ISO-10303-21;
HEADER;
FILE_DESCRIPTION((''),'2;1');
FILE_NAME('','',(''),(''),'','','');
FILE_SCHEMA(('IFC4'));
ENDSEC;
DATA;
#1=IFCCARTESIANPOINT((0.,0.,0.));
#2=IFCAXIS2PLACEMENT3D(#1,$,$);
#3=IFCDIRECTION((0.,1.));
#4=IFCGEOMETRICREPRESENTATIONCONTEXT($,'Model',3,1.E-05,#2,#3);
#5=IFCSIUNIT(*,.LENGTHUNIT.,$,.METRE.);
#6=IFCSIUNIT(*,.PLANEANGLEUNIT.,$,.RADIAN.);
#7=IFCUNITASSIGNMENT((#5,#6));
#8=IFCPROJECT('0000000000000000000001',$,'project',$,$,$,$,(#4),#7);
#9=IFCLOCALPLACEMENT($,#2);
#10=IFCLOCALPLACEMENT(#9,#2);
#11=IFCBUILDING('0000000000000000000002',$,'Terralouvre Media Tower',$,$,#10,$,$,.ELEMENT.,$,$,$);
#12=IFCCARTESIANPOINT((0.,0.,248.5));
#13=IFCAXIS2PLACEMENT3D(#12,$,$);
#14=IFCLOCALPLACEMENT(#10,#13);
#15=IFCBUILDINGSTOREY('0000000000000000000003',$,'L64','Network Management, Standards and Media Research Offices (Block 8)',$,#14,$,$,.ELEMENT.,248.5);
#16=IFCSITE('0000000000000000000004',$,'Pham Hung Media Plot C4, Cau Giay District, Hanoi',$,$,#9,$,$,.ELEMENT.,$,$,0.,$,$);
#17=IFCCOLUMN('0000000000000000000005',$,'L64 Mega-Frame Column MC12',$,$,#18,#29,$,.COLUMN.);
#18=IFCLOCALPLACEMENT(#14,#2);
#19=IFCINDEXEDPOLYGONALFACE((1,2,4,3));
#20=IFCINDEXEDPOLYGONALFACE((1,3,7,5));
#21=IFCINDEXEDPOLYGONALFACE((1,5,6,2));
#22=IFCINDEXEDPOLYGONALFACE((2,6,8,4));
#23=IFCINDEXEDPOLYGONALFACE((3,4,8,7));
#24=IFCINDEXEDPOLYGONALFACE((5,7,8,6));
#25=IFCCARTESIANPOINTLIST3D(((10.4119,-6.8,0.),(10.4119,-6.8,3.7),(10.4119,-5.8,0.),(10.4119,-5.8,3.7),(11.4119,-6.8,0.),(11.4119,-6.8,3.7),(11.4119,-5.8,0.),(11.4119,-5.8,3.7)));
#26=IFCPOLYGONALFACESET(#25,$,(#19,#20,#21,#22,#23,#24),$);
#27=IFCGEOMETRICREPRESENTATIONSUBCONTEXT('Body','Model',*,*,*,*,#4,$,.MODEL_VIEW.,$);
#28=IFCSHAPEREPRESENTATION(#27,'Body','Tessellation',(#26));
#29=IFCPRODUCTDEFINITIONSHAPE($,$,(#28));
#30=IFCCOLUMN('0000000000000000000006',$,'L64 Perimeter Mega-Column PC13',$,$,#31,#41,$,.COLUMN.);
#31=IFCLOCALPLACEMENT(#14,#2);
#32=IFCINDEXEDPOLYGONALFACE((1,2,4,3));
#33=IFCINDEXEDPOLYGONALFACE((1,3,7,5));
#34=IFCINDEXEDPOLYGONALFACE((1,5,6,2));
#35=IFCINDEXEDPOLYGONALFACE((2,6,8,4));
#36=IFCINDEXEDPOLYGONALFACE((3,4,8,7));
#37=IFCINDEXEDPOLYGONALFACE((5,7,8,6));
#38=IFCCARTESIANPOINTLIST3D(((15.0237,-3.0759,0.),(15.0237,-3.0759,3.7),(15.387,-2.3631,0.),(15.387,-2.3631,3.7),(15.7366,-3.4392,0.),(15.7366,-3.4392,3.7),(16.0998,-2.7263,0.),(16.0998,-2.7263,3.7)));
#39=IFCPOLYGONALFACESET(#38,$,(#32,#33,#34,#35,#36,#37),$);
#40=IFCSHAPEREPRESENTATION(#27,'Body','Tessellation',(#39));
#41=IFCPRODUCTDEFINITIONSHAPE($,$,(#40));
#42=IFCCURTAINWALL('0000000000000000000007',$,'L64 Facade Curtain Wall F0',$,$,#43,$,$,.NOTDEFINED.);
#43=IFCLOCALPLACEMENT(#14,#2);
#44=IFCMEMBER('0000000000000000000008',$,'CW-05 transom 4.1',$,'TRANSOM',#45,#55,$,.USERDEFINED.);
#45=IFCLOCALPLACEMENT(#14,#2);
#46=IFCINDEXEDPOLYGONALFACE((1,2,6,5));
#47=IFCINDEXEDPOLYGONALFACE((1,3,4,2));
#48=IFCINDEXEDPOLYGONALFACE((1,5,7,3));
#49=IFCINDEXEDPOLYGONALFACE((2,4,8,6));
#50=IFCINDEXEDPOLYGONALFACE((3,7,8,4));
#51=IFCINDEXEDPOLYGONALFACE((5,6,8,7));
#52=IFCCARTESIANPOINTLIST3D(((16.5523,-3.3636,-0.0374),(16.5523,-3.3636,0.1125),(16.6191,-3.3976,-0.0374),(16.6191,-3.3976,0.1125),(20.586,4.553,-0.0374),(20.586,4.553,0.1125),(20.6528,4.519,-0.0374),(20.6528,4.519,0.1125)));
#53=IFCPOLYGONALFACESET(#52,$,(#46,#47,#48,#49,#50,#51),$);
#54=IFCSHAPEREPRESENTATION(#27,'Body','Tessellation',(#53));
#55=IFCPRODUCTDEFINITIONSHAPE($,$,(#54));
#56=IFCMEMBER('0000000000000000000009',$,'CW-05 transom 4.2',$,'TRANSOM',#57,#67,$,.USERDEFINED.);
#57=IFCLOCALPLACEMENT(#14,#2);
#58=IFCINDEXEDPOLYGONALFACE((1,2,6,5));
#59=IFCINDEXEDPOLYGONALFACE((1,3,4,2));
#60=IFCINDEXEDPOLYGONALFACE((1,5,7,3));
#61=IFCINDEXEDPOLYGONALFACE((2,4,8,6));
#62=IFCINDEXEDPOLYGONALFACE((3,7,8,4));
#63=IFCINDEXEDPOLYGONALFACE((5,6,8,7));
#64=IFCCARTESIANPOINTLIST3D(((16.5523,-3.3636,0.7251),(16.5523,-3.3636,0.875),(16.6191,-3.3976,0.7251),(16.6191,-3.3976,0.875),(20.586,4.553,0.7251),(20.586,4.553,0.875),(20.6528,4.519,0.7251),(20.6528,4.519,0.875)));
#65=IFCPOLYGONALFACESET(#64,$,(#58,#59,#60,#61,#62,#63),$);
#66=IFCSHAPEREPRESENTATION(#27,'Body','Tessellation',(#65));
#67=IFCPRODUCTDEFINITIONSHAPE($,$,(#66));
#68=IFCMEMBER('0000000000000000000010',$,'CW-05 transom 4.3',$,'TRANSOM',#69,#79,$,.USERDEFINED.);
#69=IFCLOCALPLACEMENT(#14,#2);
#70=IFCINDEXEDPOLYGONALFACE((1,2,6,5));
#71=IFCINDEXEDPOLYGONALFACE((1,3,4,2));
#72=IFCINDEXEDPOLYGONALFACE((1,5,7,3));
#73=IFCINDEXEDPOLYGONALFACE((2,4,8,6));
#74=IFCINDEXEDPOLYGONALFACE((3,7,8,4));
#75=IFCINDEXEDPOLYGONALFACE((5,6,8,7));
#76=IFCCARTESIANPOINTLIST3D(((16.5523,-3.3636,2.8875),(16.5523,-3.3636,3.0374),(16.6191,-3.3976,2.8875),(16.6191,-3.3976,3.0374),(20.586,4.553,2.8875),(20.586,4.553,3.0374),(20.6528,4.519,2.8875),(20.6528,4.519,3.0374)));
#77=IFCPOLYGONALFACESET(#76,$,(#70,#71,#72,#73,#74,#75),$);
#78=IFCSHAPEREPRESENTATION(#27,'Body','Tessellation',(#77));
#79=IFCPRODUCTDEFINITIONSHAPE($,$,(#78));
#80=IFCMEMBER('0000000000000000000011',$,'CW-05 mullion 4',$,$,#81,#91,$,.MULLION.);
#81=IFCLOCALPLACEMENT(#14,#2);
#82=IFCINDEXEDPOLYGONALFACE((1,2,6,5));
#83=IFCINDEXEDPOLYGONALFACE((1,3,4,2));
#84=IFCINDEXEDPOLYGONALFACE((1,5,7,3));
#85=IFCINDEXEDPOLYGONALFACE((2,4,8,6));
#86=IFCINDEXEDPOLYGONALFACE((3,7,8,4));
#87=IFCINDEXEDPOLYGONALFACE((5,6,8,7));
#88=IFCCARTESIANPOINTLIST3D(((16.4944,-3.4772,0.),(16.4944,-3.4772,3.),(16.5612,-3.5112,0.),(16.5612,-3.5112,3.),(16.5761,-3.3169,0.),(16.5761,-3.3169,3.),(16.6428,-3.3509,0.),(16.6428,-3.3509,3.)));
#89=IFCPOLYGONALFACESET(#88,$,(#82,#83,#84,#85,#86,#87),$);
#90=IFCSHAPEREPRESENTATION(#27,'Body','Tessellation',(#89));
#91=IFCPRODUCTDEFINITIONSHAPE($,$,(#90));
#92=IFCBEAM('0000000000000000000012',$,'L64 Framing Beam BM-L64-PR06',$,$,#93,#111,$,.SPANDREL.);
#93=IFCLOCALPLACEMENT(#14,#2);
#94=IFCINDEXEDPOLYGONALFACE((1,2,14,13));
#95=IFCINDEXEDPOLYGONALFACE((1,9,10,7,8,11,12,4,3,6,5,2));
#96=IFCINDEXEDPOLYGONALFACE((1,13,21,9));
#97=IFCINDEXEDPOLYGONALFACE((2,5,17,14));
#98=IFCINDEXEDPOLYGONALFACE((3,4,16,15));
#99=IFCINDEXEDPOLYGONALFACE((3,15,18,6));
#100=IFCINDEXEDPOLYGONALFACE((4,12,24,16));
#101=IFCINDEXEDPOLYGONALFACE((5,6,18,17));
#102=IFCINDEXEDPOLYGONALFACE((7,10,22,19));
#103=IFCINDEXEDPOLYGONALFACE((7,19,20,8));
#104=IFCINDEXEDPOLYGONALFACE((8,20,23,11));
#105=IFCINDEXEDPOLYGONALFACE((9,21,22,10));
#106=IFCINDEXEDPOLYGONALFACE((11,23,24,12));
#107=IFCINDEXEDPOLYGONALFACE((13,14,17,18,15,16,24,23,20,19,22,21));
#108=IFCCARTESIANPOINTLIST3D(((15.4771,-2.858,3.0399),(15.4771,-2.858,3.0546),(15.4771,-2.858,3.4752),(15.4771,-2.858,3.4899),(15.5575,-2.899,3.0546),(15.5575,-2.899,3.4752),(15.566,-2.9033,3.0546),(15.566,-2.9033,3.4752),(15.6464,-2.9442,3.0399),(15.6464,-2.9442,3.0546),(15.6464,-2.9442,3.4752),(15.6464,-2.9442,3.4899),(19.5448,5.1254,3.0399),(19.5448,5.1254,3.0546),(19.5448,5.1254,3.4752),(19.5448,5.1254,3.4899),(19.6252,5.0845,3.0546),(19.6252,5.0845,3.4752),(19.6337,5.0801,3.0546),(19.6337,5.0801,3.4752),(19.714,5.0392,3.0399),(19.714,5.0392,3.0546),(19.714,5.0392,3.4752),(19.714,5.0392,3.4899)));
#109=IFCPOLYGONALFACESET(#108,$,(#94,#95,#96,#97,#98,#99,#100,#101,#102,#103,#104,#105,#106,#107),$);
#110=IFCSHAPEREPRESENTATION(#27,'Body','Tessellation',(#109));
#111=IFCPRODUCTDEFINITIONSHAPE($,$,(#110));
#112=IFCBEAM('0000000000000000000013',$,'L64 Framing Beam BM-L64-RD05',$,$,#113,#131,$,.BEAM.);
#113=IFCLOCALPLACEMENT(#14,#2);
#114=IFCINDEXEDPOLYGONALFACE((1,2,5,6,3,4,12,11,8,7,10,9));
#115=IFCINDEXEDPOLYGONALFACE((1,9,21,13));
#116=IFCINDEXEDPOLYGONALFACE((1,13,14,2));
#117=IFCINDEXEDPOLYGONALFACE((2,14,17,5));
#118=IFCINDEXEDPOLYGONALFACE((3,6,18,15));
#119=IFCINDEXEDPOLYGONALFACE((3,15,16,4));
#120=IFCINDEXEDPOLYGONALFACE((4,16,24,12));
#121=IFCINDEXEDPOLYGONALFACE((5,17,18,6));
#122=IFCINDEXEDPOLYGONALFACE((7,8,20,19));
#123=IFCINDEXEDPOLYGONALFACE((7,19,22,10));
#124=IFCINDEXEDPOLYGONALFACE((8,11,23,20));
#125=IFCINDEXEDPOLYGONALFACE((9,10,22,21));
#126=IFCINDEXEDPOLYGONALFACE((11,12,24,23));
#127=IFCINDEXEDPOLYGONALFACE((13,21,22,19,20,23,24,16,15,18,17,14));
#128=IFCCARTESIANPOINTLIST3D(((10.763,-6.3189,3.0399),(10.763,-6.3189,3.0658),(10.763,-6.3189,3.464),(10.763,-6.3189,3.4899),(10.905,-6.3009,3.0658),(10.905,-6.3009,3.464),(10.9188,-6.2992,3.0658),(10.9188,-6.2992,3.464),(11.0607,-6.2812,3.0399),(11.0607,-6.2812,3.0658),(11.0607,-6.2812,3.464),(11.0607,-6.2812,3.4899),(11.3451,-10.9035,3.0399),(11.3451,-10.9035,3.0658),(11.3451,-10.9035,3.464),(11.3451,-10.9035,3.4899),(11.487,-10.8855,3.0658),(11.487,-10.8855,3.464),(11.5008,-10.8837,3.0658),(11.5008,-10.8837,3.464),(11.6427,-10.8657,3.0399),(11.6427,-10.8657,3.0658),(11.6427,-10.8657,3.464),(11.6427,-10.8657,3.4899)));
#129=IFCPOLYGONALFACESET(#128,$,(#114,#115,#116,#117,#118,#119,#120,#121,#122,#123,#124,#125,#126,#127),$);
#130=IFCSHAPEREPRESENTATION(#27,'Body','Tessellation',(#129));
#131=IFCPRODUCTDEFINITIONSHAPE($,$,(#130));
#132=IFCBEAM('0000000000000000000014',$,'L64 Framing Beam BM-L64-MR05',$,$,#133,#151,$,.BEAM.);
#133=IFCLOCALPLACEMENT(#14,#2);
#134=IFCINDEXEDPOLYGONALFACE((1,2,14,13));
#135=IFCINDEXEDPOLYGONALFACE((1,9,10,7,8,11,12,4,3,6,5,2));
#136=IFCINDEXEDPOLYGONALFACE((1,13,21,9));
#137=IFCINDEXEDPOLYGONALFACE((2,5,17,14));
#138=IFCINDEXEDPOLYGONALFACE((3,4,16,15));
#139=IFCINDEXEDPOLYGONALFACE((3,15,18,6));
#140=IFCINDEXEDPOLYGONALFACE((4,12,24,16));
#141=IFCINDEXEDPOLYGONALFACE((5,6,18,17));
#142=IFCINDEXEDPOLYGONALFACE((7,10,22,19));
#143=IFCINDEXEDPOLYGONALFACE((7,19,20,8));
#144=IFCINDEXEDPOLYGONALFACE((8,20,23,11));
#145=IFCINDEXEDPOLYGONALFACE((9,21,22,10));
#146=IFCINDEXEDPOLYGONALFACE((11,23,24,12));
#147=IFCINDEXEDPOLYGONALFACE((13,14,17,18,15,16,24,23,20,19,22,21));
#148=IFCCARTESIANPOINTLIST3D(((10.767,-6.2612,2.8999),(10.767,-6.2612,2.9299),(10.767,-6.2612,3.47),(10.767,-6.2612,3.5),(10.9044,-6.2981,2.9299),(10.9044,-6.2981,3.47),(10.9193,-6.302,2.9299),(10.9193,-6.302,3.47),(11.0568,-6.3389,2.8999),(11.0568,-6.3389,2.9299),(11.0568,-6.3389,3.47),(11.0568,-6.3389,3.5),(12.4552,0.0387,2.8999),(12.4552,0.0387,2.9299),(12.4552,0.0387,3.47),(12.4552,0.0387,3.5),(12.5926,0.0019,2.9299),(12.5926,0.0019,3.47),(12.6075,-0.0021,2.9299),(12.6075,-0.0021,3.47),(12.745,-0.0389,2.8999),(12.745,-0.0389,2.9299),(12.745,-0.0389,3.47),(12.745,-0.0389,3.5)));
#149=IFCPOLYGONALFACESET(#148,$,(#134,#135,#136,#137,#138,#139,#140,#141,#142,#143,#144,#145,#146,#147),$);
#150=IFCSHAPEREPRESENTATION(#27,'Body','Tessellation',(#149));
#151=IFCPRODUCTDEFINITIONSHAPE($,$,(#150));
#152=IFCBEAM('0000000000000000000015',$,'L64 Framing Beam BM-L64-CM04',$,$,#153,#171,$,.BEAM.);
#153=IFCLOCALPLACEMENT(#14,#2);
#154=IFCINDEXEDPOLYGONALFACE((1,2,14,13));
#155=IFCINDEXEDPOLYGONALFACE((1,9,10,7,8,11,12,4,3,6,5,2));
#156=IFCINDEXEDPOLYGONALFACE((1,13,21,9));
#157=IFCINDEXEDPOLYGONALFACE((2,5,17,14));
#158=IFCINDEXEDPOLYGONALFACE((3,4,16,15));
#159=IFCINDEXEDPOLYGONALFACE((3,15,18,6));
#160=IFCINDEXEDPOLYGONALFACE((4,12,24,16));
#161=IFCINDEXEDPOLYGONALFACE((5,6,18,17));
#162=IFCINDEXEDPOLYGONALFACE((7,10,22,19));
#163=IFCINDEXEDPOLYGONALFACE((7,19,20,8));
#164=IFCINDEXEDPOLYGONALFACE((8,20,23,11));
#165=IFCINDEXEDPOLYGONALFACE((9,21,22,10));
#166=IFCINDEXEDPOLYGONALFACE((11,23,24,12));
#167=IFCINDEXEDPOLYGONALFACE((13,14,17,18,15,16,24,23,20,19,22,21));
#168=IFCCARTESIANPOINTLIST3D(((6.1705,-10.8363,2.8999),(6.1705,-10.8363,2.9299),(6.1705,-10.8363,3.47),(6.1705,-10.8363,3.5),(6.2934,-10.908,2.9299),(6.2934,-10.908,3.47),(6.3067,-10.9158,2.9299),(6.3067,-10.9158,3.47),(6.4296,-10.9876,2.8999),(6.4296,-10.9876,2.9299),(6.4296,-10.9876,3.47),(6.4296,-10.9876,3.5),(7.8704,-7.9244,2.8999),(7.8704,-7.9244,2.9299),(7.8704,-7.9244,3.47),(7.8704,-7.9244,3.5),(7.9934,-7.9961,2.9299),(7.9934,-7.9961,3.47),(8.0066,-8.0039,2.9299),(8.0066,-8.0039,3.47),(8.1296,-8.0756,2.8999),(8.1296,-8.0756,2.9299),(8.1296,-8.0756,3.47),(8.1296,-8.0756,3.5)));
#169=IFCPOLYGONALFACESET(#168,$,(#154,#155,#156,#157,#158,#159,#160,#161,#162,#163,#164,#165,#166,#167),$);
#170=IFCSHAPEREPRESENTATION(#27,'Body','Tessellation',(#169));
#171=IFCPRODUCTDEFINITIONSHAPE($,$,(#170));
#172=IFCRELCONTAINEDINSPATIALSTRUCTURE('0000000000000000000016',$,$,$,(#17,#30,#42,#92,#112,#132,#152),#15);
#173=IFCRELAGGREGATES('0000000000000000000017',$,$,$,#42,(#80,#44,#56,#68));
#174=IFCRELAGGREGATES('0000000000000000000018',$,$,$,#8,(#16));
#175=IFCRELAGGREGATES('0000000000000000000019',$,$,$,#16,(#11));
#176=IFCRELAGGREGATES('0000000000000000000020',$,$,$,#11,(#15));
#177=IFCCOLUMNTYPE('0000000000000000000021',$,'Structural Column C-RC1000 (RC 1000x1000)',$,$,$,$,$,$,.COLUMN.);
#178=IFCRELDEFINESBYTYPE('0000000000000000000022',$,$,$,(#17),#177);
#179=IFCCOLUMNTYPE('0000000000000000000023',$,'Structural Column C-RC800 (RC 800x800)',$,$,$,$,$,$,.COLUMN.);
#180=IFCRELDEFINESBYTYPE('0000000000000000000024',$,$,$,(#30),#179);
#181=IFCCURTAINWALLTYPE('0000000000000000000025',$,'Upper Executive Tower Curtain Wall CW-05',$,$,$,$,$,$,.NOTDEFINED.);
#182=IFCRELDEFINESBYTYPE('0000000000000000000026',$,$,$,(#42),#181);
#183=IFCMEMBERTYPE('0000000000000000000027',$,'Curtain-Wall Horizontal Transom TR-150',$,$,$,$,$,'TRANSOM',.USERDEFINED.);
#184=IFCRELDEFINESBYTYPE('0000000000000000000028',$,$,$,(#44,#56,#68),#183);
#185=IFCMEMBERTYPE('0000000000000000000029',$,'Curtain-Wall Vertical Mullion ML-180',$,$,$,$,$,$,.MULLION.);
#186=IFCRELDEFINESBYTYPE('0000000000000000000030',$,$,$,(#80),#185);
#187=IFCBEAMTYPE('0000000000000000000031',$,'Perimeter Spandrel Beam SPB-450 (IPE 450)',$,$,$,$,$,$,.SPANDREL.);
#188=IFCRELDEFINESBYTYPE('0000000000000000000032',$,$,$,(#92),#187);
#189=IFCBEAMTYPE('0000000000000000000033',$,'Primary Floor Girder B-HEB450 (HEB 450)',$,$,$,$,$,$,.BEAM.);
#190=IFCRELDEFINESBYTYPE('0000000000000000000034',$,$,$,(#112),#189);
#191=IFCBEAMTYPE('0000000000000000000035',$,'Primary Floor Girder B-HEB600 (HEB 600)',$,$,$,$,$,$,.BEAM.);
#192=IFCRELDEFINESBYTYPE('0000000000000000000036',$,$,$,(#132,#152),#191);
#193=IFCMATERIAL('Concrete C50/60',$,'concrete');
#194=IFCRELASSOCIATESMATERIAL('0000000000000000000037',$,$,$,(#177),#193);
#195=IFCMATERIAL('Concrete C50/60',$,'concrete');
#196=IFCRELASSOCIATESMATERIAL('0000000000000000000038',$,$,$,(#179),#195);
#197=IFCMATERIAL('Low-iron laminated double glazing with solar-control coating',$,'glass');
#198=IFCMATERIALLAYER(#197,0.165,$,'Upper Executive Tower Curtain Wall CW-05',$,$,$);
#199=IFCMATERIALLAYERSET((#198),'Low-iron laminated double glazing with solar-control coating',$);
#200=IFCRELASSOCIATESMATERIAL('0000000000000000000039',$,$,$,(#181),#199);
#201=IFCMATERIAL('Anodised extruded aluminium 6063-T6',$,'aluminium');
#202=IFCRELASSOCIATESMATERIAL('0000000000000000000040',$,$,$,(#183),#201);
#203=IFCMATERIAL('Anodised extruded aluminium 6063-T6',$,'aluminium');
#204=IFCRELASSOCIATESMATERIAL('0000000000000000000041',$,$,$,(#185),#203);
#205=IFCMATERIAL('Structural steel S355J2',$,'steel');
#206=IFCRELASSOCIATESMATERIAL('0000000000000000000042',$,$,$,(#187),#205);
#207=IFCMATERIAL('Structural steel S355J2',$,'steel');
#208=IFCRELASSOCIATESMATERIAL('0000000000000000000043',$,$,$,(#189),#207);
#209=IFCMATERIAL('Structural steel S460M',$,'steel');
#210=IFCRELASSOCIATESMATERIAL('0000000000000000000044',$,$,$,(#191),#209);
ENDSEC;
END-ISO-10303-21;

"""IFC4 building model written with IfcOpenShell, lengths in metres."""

from ifc_helpers import new_model, si_unit, direction, frame, origin, origin_2d, place, context, subcontext, project, spatial, rectangle, i_section, extrude, material, layer, layer_set, material_profile, profile_set, type_object, element, aggregate, save


model = new_model("IFC4")

# Units and contexts
model_context = context("Model", 3, precision=1e-05, world=origin(), true_north=direction((0.0, 1.0)))
body_context = subcontext(model_context, "Body", "Model", "MODEL_VIEW")
ifc_project = project(units=[si_unit("LENGTHUNIT", "METRE"), si_unit("PLANEANGLEUNIT", "RADIAN")], contexts=[model_context])

# Site, building, storey
site_placement = place(None, origin())
site = spatial("IfcSite", under=ifc_project, at=site_placement, Name="Pham Hung Media Plot C4, Cau Giay District, Hanoi", CompositionType="ELEMENT", RefElevation=0.0)
building_placement = place(site_placement, origin())
building = spatial("IfcBuilding", under=site, at=building_placement, Name="Terralouvre Media Tower", CompositionType="ELEMENT")
storey_placement = place(building_placement, frame((0.0, 0.0, 248.5)))
storey = spatial("IfcBuildingStorey", under=building, at=storey_placement, Name="L64", Description="Network Management, Standards and Media Research Offices (Block 8)", CompositionType="ELEMENT", Elevation=248.5)

# Columns
ifc_material_1 = material(Name="Concrete C50/60", Category="concrete")
ifc_material_profile_1 = material_profile(ifc_material_1, rectangle(XDim=1.0, YDim=1.0, at=origin_2d()), Name="RC 1000x1000")
ifc_profile_set_1 = profile_set([ifc_material_profile_1], Name="Concrete C50/60")
column_type_1 = type_object("IfcColumnType", Name="Structural Column C-RC1000 (RC 1000x1000)", PredefinedType="COLUMN", material=ifc_profile_set_1)
column_1_placement = place(storey_placement, frame((10.9119, -6.3, 0.0), z_axis=(0.0, 0.0, 1.0), x_axis=(1.0, 0.0, 0.0)))
element("IfcColumn", 1, at=column_1_placement, inside=storey, type_object=column_type_1, Name="L64 Mega-Frame Column MC12", PredefinedType="COLUMN", context=body_context, shape_type="SweptSolid", body=[
    extrude(rectangle(XDim=1.0, YDim=1.0, at=origin_2d()), origin(), (0.0, 0.0, 1.0), 3.7),
])
ifc_material_2 = material(Name="Concrete C50/60", Category="concrete")
ifc_material_profile_2 = material_profile(ifc_material_2, rectangle(XDim=0.8, YDim=0.8, at=origin_2d()), Name="RC 800x800")
ifc_profile_set_2 = profile_set([ifc_material_profile_2], Name="Concrete C50/60")
column_type_2 = type_object("IfcColumnType", Name="Structural Column C-RC800 (RC 800x800)", PredefinedType="COLUMN", material=ifc_profile_set_2)
column_2_placement = place(storey_placement, frame((15.5618, -2.9011, 0.0), z_axis=(0.0, 0.0, 1.0), x_axis=(0.45399, 0.891007, 0.0)))
element("IfcColumn", 2, at=column_2_placement, inside=storey, type_object=column_type_2, Name="L64 Perimeter Mega-Column PC13", PredefinedType="COLUMN", context=body_context, shape_type="SweptSolid", body=[
    extrude(rectangle(XDim=0.8, YDim=0.8, at=origin_2d()), origin(), (0.0, 0.0, 1.0), 3.7),
])

# Curtain wall, members
ifc_material_3 = material(Name="Low-iron laminated double glazing with solar-control coating", Category="glass")
ifc_layer_1 = layer(ifc_material_3, 0.165, Name="Upper Executive Tower Curtain Wall CW-05")
ifc_layer_set_1 = layer_set([ifc_layer_1], Name="Low-iron laminated double glazing with solar-control coating")
curtain_wall_type = type_object("IfcCurtainWallType", Name="Upper Executive Tower Curtain Wall CW-05", PredefinedType="NOTDEFINED", material=ifc_layer_set_1)
curtain_wall_placement = place(storey_placement, origin())
curtain_wall = element("IfcCurtainWall", 3, at=curtain_wall_placement, inside=storey, type_object=curtain_wall_type, Name="L64 Facade Curtain Wall F0", PredefinedType="NOTDEFINED")
ifc_material_4 = material(Name="Anodised extruded aluminium 6063-T6", Category="aluminium")
ifc_material_profile_3 = material_profile(ifc_material_4, rectangle(XDim=0.075, YDim=0.1499, at=origin_2d()), Name="ALU 75x150")
ifc_profile_set_3 = profile_set([ifc_material_profile_3], Name="Anodised extruded aluminium 6063-T6")
member_type_1 = type_object("IfcMemberType", Name="Curtain-Wall Horizontal Transom TR-150", ElementType="TRANSOM", PredefinedType="USERDEFINED", material=ifc_profile_set_3)
member_1_placement = place(storey_placement, frame((16.5857, -3.3806, 0.0376), z_axis=(0.453993, 0.891005, 0.0), x_axis=(-0.891005, 0.453993, 0.0)))
member_1 = element("IfcMember", 4, at=member_1_placement, type_object=member_type_1, Name="CW-05 transom 4.1", ObjectType="TRANSOM", PredefinedType="USERDEFINED", context=body_context, shape_type="SweptSolid", body=[
    extrude(rectangle(XDim=0.075, YDim=0.1499, at=origin_2d()), origin(), (0.0, 0.0, 1.0), 8.885),
])
member_2_placement = place(storey_placement, frame((16.5857, -3.3806, 0.8), z_axis=(0.453993, 0.891005, 0.0), x_axis=(-0.891005, 0.453993, 0.0)))
member_2 = element("IfcMember", 5, at=member_2_placement, type_object=member_type_1, Name="CW-05 transom 4.2", ObjectType="TRANSOM", PredefinedType="USERDEFINED", context=body_context, shape_type="SweptSolid", body=[
    extrude(rectangle(XDim=0.075, YDim=0.1499, at=origin_2d()), origin(), (0.0, 0.0, 1.0), 8.885),
])
member_3_placement = place(storey_placement, frame((16.5857, -3.3806, 2.9624), z_axis=(0.453993, 0.891005, 0.0), x_axis=(-0.891005, 0.453993, 0.0)))
member_3 = element("IfcMember", 6, at=member_3_placement, type_object=member_type_1, Name="CW-05 transom 4.3", ObjectType="TRANSOM", PredefinedType="USERDEFINED", context=body_context, shape_type="SweptSolid", body=[
    extrude(rectangle(XDim=0.075, YDim=0.1499, at=origin_2d()), origin(), (0.0, 0.0, 1.0), 8.885),
])
ifc_material_5 = material(Name="Anodised extruded aluminium 6063-T6", Category="aluminium")
ifc_material_profile_4 = material_profile(ifc_material_5, rectangle(XDim=0.075, YDim=0.1799, at=origin_2d()), Name="ALU 75x180")
ifc_profile_set_4 = profile_set([ifc_material_profile_4], Name="Anodised extruded aluminium 6063-T6")
member_type_2 = type_object("IfcMemberType", Name="Curtain-Wall Vertical Mullion ML-180", PredefinedType="MULLION", material=ifc_profile_set_4)
member_4_placement = place(storey_placement, frame((16.5686, -3.4141, 0.0), z_axis=(0.0, 0.0, 1.0), x_axis=(-0.891007, 0.45399, 0.0)))
member_4 = element("IfcMember", 7, at=member_4_placement, type_object=member_type_2, Name="CW-05 mullion 4", PredefinedType="MULLION", context=body_context, shape_type="SweptSolid", body=[
    extrude(rectangle(XDim=0.075, YDim=0.1799, at=origin_2d()), origin(), (0.0, 0.0, 1.0), 3.0),
])

# Beams
ifc_material_6 = material(Name="Structural steel S355J2", Category="steel")
ifc_material_profile_5 = material_profile(ifc_material_6, i_section(OverallWidth=0.1899, OverallDepth=0.45, WebThickness=0.0095, FlangeThickness=0.0146, at=origin_2d()), Name="IPE 450")
ifc_profile_set_5 = profile_set([ifc_material_profile_5], Name="Structural steel S355J2")
beam_type_1 = type_object("IfcBeamType", Name="Perimeter Spandrel Beam SPB-450 (IPE 450)", PredefinedType="SPANDREL", material=ifc_profile_set_5)
beam_1_placement = place(storey_placement, frame((15.5618, -2.9011, 3.2649), z_axis=(0.45398, 0.891012, 0.0), x_axis=(-0.891012, 0.45398, 0.0)))
element("IfcBeam", 8, at=beam_1_placement, inside=storey, type_object=beam_type_1, Name="L64 Framing Beam BM-L64-PR06", PredefinedType="SPANDREL", context=body_context, shape_type="SweptSolid", body=[
    extrude(i_section(OverallWidth=0.1899, OverallDepth=0.45, WebThickness=0.0095, FlangeThickness=0.0146, at=origin_2d()), origin(), (0.0, 0.0, 1.0), 8.96),
])
ifc_material_7 = material(Name="Structural steel S355J2", Category="steel")
ifc_material_profile_6 = material_profile(ifc_material_7, i_section(OverallWidth=0.3, OverallDepth=0.45, WebThickness=0.0139, FlangeThickness=0.0259, at=origin_2d()), Name="HEB 450")
ifc_profile_set_6 = profile_set([ifc_material_profile_6], Name="Structural steel S355J2")
beam_type_2 = type_object("IfcBeamType", Name="Primary Floor Girder B-HEB450 (HEB 450)", PredefinedType="BEAM", material=ifc_profile_set_6)
beam_2_placement = place(storey_placement, frame((10.9119, -6.3, 3.2649), z_axis=(0.125946, -0.992037, 0.0), x_axis=(0.992037, 0.125946, 0.0)))
element("IfcBeam", 9, at=beam_2_placement, inside=storey, type_object=beam_type_2, Name="L64 Framing Beam BM-L64-RD05", PredefinedType="BEAM", context=body_context, shape_type="SweptSolid", body=[
    extrude(i_section(OverallWidth=0.3, OverallDepth=0.45, WebThickness=0.0139, FlangeThickness=0.0259, at=origin_2d()), origin(), (0.0, 0.0, 1.0), 4.6213),
])
ifc_material_8 = material(Name="Structural steel S460M", Category="steel")
ifc_material_profile_7 = material_profile(ifc_material_8, i_section(OverallWidth=0.3, OverallDepth=0.6001, WebThickness=0.0154, FlangeThickness=0.03, at=origin_2d()), Name="HEB 600")
ifc_profile_set_7 = profile_set([ifc_material_profile_7], Name="Structural steel S460M")
beam_type_3 = type_object("IfcBeamType", Name="Primary Floor Girder B-HEB600 (HEB 600)", PredefinedType="BEAM", material=ifc_profile_set_7)
beam_3_placement = place(storey_placement, frame((10.9119, -6.3, 3.2), z_axis=(0.258839, 0.96592, 0.0), x_axis=(-0.96592, 0.258839, 0.0)))
element("IfcBeam", 10, at=beam_3_placement, inside=storey, type_object=beam_type_3, Name="L64 Framing Beam BM-L64-MR05", PredefinedType="BEAM", context=body_context, shape_type="SweptSolid", body=[
    extrude(i_section(OverallWidth=0.3, OverallDepth=0.6001, WebThickness=0.0154, FlangeThickness=0.03, at=origin_2d()), origin(), (0.0, 0.0, 1.0), 6.5222),
])
for number, where, z_axis, x_axis, name in (
    (11, (8.0, -8.0, 3.2), (-0.504173, -0.863603, 0.0), (0.863603, -0.504173, 0.0), "L64 Framing Beam BM-L64-CM04"),
):
    element("IfcBeam", number, at=place(storey_placement, frame(where, z_axis=z_axis, x_axis=x_axis)), inside=storey, type_object=beam_type_3, Name=name, PredefinedType="BEAM", context=body_context, shape_type="SweptSolid", body=[
        extrude(i_section(OverallWidth=0.3, OverallDepth=0.6001, WebThickness=0.0154, FlangeThickness=0.03, at=origin_2d()), origin(), (0.0, 0.0, 1.0), 3.3718),
    ])

aggregate(curtain_wall, [member_4, member_1, member_2, member_3])

save(model, "model.ifc")
